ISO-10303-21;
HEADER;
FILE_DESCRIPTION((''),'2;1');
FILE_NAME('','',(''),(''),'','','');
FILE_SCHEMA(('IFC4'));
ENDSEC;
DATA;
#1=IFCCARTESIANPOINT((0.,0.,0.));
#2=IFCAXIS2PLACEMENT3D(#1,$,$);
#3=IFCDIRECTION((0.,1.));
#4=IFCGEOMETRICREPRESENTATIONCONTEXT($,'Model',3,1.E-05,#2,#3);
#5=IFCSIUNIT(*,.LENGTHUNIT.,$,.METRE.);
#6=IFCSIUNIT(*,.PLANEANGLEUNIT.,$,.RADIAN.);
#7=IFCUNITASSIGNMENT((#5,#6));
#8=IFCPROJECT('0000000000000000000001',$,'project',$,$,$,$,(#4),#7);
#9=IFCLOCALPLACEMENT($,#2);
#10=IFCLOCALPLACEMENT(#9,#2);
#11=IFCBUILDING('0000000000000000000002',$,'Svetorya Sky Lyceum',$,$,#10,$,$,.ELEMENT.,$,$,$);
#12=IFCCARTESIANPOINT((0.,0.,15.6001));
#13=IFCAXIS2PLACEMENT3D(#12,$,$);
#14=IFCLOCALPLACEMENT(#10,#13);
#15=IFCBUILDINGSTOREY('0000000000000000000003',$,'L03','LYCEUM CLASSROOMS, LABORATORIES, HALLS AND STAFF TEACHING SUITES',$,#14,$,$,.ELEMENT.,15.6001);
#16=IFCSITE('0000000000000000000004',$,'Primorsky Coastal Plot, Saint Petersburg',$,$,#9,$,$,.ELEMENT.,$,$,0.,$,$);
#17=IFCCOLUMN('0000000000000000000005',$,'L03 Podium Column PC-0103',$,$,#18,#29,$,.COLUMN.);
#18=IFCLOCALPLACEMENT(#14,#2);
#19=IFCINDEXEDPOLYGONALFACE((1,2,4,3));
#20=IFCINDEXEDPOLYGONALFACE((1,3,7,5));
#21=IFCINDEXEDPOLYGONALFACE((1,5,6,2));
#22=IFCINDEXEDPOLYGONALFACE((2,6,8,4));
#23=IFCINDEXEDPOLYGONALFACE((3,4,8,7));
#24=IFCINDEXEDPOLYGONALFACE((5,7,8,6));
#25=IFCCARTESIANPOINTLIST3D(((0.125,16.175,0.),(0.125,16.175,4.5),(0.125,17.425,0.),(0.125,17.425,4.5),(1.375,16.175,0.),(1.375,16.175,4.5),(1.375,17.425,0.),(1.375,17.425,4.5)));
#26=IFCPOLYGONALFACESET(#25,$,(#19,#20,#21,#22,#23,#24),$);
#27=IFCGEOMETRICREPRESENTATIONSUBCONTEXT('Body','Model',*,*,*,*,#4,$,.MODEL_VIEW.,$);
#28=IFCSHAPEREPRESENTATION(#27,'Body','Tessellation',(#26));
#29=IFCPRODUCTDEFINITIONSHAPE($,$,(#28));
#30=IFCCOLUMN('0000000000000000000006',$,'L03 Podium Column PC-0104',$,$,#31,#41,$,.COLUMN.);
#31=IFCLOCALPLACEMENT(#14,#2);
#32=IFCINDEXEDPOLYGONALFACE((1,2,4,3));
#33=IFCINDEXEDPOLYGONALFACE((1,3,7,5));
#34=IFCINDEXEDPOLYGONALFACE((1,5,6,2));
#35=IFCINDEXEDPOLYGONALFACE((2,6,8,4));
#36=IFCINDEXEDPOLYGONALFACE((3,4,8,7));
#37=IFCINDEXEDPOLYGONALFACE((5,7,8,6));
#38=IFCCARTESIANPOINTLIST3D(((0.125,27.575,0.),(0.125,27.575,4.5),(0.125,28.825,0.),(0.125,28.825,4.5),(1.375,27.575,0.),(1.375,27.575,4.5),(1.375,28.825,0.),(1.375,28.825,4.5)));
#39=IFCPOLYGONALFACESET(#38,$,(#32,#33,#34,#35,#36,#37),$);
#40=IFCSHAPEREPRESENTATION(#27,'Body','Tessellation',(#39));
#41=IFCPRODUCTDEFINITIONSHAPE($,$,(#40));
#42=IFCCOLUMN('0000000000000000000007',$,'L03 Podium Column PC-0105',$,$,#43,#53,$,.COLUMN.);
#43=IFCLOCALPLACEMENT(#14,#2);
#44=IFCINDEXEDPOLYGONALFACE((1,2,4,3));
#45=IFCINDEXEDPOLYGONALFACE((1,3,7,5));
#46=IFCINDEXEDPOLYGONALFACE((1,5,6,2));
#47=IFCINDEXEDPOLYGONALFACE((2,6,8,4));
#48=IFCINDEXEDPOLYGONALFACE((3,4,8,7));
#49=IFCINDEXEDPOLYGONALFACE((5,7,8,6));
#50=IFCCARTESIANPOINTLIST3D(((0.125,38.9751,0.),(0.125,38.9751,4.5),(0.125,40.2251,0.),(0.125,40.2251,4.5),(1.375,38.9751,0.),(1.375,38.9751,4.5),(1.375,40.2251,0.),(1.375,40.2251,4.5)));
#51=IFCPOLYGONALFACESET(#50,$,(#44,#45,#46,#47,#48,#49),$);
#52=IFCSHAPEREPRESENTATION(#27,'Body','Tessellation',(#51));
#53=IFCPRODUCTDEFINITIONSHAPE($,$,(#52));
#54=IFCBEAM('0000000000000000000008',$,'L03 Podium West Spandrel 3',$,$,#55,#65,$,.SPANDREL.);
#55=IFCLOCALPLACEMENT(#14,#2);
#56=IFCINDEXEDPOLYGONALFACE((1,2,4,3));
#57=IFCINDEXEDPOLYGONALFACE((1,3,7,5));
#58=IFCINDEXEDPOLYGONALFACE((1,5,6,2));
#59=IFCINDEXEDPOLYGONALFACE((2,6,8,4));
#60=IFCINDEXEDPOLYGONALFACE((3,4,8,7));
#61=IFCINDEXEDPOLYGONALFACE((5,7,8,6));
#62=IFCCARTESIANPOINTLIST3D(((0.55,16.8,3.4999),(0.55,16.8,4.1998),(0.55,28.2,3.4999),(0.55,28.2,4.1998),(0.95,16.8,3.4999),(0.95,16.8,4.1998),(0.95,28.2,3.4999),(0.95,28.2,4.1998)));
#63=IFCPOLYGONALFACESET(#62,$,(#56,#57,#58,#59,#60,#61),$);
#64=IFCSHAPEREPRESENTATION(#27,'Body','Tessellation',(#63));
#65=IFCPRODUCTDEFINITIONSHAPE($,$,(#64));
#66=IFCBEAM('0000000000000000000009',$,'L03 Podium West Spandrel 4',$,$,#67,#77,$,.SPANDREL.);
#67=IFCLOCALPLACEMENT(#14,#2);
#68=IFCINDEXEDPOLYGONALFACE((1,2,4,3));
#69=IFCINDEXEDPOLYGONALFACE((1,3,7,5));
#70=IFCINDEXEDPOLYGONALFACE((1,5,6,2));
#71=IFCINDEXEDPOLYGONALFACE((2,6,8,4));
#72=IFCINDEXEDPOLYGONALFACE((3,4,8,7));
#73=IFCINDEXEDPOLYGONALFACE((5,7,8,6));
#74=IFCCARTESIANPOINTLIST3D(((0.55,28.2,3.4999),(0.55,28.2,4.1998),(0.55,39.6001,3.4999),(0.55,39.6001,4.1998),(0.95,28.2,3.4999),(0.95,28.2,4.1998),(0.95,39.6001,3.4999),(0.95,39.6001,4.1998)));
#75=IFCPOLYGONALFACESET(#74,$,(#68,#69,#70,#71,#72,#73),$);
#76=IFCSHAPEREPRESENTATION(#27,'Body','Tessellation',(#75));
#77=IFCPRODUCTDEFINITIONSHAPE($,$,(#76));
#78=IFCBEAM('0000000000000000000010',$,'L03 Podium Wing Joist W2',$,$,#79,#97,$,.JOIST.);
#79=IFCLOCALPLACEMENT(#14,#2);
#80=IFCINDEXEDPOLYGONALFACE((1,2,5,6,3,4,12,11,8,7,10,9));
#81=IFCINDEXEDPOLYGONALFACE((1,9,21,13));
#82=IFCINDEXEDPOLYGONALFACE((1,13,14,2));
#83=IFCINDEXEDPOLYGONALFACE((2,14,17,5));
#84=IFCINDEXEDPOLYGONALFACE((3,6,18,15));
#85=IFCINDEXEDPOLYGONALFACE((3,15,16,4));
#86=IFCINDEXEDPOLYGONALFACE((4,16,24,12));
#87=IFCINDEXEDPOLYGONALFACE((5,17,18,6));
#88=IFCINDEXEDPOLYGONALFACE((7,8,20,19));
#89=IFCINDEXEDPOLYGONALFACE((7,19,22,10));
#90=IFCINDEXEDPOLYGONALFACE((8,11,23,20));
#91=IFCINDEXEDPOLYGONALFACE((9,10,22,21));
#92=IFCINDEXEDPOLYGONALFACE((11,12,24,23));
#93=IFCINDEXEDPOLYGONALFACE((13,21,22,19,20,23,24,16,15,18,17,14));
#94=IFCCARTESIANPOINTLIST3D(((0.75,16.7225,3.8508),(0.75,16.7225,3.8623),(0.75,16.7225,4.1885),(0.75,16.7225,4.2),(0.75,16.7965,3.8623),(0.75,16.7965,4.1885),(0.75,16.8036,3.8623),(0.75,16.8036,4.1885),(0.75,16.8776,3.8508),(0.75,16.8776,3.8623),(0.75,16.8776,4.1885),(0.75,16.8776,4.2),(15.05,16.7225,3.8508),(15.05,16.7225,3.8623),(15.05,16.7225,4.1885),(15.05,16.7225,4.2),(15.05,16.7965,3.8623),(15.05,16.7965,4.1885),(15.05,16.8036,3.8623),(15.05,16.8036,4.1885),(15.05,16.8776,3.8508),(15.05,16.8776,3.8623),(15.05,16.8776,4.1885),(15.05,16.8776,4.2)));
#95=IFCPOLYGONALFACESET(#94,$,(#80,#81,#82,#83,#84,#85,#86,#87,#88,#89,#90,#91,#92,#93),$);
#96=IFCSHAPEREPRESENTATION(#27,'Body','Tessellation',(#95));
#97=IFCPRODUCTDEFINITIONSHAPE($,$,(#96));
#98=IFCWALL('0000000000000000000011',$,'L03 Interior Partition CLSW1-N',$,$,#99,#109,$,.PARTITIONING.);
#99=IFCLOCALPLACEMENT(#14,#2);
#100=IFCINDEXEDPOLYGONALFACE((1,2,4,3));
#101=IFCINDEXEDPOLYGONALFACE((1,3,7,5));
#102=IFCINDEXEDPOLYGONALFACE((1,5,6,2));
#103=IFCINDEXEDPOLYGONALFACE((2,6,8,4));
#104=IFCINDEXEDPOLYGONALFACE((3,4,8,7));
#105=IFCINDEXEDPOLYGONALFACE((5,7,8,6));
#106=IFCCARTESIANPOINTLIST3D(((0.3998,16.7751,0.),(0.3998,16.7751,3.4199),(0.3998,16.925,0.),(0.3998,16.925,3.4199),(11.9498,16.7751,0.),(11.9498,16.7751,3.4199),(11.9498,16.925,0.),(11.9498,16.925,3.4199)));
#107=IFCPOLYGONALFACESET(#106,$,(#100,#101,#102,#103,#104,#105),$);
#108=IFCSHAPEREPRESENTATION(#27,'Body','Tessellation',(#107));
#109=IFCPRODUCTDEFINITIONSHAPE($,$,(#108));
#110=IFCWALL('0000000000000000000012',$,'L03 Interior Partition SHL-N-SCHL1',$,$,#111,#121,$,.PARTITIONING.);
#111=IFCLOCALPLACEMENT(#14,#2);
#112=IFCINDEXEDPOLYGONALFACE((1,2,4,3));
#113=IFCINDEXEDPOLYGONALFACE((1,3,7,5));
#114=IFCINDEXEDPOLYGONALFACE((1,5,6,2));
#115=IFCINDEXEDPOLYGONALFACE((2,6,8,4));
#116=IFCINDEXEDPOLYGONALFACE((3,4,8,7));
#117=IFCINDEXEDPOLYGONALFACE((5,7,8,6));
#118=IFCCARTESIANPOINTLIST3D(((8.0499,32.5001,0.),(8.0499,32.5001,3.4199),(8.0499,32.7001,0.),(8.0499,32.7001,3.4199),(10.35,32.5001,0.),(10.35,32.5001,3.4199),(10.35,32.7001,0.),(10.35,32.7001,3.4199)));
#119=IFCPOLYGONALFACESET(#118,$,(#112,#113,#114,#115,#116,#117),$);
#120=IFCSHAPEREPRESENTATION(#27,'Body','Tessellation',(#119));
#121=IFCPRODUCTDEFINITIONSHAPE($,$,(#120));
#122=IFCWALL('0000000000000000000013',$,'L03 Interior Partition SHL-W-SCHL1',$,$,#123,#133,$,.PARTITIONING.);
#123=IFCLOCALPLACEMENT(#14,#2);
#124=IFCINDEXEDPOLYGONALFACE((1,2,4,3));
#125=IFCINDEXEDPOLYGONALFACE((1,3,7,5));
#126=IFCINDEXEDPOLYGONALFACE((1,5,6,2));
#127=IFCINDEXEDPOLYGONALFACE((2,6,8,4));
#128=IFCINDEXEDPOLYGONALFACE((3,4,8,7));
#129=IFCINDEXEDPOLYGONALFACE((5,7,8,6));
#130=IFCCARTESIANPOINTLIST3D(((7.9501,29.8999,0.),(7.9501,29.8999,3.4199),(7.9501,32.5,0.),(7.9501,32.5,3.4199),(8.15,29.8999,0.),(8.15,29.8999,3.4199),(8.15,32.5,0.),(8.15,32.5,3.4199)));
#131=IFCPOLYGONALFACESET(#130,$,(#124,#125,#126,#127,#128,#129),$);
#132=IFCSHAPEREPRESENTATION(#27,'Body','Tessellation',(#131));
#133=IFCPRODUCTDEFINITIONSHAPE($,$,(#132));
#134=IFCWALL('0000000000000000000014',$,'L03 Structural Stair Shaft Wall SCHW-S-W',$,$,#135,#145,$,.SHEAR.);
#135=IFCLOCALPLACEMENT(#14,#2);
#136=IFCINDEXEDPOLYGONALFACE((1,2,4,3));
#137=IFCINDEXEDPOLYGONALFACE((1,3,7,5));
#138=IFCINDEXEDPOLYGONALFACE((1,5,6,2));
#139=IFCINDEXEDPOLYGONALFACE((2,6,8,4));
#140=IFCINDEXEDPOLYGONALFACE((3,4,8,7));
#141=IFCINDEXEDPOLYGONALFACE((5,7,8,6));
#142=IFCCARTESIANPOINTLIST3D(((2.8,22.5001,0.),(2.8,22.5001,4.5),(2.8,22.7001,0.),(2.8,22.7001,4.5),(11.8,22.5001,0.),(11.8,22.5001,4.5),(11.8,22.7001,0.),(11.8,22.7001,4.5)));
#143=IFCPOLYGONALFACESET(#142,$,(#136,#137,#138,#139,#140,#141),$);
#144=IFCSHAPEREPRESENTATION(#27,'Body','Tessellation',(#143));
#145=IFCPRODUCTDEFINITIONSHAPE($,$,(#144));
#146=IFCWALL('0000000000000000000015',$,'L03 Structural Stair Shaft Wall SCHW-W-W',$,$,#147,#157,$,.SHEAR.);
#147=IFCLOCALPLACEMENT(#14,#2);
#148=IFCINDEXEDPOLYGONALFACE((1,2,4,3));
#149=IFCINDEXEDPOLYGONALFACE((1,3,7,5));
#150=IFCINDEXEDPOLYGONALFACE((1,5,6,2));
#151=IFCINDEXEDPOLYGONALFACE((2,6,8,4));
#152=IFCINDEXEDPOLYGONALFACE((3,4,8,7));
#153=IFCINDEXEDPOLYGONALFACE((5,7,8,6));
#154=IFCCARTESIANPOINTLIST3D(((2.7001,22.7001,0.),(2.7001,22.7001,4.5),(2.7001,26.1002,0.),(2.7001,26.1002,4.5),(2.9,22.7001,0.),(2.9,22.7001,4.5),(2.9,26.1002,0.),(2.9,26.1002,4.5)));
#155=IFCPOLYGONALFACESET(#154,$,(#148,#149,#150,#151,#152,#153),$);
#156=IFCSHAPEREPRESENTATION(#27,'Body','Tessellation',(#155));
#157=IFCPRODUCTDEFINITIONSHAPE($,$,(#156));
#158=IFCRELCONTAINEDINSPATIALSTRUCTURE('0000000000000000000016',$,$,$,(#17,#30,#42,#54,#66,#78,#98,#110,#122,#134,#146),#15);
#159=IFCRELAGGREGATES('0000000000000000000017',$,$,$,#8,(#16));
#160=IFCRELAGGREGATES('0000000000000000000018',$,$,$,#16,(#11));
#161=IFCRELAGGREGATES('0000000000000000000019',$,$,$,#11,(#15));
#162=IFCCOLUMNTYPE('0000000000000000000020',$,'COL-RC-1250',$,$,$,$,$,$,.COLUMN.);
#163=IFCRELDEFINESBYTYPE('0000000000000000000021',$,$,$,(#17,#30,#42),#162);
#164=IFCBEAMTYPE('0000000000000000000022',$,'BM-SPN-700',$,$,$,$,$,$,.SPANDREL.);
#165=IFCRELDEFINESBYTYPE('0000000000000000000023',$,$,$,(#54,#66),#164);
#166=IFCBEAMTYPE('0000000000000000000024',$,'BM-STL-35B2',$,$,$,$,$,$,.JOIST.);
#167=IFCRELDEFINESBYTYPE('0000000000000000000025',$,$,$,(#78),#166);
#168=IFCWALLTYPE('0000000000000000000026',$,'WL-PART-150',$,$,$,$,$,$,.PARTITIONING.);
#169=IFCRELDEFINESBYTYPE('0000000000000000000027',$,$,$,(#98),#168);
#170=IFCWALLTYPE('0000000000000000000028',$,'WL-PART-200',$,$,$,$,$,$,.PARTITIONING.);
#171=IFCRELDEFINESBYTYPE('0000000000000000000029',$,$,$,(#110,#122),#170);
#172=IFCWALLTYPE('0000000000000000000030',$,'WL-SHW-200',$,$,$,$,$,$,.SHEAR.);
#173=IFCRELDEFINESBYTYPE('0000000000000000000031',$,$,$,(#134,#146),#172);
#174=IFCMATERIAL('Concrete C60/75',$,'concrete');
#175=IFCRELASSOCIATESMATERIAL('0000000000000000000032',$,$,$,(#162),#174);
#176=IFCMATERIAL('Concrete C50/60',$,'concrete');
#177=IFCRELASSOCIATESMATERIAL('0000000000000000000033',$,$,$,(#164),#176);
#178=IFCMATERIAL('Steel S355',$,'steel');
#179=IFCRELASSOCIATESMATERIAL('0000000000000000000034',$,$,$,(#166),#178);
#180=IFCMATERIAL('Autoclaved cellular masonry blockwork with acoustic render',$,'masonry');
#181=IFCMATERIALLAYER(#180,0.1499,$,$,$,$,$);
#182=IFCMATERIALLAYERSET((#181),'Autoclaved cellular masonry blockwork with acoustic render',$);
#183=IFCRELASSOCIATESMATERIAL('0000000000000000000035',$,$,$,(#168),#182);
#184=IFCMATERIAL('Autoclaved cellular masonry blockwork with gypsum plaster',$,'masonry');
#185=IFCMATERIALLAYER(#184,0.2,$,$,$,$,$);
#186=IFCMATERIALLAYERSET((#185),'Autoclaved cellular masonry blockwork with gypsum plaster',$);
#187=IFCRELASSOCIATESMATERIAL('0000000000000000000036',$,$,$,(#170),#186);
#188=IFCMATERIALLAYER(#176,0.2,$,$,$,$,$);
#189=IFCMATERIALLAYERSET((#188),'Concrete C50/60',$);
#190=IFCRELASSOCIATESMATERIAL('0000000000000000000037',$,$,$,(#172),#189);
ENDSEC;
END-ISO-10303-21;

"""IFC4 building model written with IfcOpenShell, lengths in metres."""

from ifc_helpers import new_model, si_unit, direction, frame, frame_2d, origin, origin_2d, place, context, subcontext, project, spatial, rectangle, i_section, extrude, material, layer, layer_set, material_profile, profile_set, type_object, element, save


model = new_model("IFC4")

# Units and contexts
model_context = context("Model", 3, precision=1e-05, world=origin(), true_north=direction((0.0, 1.0)))
body_context = subcontext(model_context, "Body", "Model", "MODEL_VIEW")
ifc_project = project(units=[si_unit("LENGTHUNIT", "METRE"), si_unit("PLANEANGLEUNIT", "RADIAN")], contexts=[model_context])

# Site, building, storey
site_placement = place(None, origin())
site = spatial("IfcSite", under=ifc_project, at=site_placement, Name="Primorsky Coastal Plot, Saint Petersburg", CompositionType="ELEMENT", RefElevation=0.0)
building_placement = place(site_placement, origin())
building = spatial("IfcBuilding", under=site, at=building_placement, Name="Svetorya Sky Lyceum", CompositionType="ELEMENT")
storey_placement = place(building_placement, frame((0.0, 0.0, 15.6001)))
storey = spatial("IfcBuildingStorey", under=building, at=storey_placement, Name="L03", Description="LYCEUM CLASSROOMS, LABORATORIES, HALLS AND STAFF TEACHING SUITES", CompositionType="ELEMENT", Elevation=15.6001)

# Columns
ifc_material_1 = material(Name="Concrete C60/75", Category="concrete")
ifc_material_profile_1 = material_profile(ifc_material_1, rectangle(XDim=1.25, YDim=1.25, at=origin_2d()), Name="RC COL 1250x1250")
ifc_profile_set_1 = profile_set([ifc_material_profile_1], Name="Concrete C60/75")
column_type = type_object("IfcColumnType", Name="COL-RC-1250", PredefinedType="COLUMN", material=ifc_profile_set_1)
for number, where, z_axis, x_axis, name in (
    (1, (0.75, 16.8, 0.0), (0.0, 0.0, 1.0), (1.0, 0.0, 0.0), "L03 Podium Column PC-0103"),
    (2, (0.75, 28.2, 0.0), (0.0, 0.0, 1.0), (1.0, 0.0, 0.0), "L03 Podium Column PC-0104"),
    (3, (0.75, 39.6001, 0.0), (0.0, 0.0, 1.0), (1.0, 0.0, 0.0), "L03 Podium Column PC-0105"),
):
    element("IfcColumn", number, at=place(storey_placement, frame(where, z_axis=z_axis, x_axis=x_axis)), inside=storey, type_object=column_type, Name=name, PredefinedType="COLUMN", context=body_context, shape_type="SweptSolid", body=[
        extrude(rectangle(XDim=1.25, YDim=1.25, at=origin_2d()), origin(), (0.0, 0.0, 1.0), 4.5),
    ])

# Beams
ifc_material_2 = material(Name="Concrete C50/60", Category="concrete")
ifc_material_profile_2 = material_profile(ifc_material_2, rectangle(XDim=0.3999, YDim=0.7, at=origin_2d()), Name="RC SPANDREL 400x700")
ifc_profile_set_2 = profile_set([ifc_material_profile_2], Name="Concrete C50/60")
beam_type_1 = type_object("IfcBeamType", Name="BM-SPN-700", PredefinedType="SPANDREL", material=ifc_profile_set_2)
beam_1_placement = place(storey_placement, frame((0.75, 16.8, 3.8499), z_axis=(0.0, 1.0, 0.0), x_axis=(-1.0, 0.0, 0.0)))
element("IfcBeam", 4, at=beam_1_placement, inside=storey, type_object=beam_type_1, Name="L03 Podium West Spandrel 3", PredefinedType="SPANDREL", context=body_context, shape_type="SweptSolid", body=[
    extrude(rectangle(XDim=0.3999, YDim=0.7, at=origin_2d()), origin(), (0.0, 0.0, 1.0), 11.3999),
])
beam_2_placement = place(storey_placement, frame((0.75, 28.2, 3.8499), z_axis=(0.0, 1.0, 0.0), x_axis=(-1.0, 0.0, 0.0)))
element("IfcBeam", 5, at=beam_2_placement, inside=storey, type_object=beam_type_1, Name="L03 Podium West Spandrel 4", PredefinedType="SPANDREL", context=body_context, shape_type="SweptSolid", body=[
    extrude(rectangle(XDim=0.3999, YDim=0.7, at=origin_2d()), origin(), (0.0, 0.0, 1.0), 11.4001),
])
ifc_material_3 = material(Name="Steel S355", Category="steel")
ifc_material_profile_3 = material_profile(ifc_material_3, i_section(OverallWidth=0.155, OverallDepth=0.3491, WebThickness=0.0071, FlangeThickness=0.0115, at=origin_2d()), Name="GOST 35B2")
ifc_profile_set_3 = profile_set([ifc_material_profile_3], Name="Steel S355")
beam_type_2 = type_object("IfcBeamType", Name="BM-STL-35B2", PredefinedType="JOIST", material=ifc_profile_set_3)
beam_3_placement = place(storey_placement, frame((0.75, 16.8, 4.0254), z_axis=(1.0, 0.0, 0.0), x_axis=(0.0, 1.0, 0.0)))
element("IfcBeam", 6, at=beam_3_placement, inside=storey, type_object=beam_type_2, Name="L03 Podium Wing Joist W2", PredefinedType="JOIST", context=body_context, shape_type="SweptSolid", body=[
    extrude(i_section(OverallWidth=0.155, OverallDepth=0.3491, WebThickness=0.0071, FlangeThickness=0.0115, at=origin_2d()), origin(), (0.0, 0.0, 1.0), 14.3),
])

# Walls
ifc_material_4 = material(Name="Autoclaved cellular masonry blockwork with acoustic render", Category="masonry")
ifc_layer_1 = layer(ifc_material_4, 0.1499)
ifc_layer_set_1 = layer_set([ifc_layer_1], Name="Autoclaved cellular masonry blockwork with acoustic render")
wall_type_1 = type_object("IfcWallType", Name="WL-PART-150", PredefinedType="PARTITIONING", material=ifc_layer_set_1)
wall_1_placement = place(storey_placement, frame((0.3999, 16.8501, 0.0), z_axis=(0.0, 0.0, 1.0), x_axis=(1.0, 0.0, 0.0)))
element("IfcWall", 7, at=wall_1_placement, inside=storey, type_object=wall_type_1, Name="L03 Interior Partition CLSW1-N", PredefinedType="PARTITIONING", context=body_context, shape_type="SweptSolid", body=[
    extrude(rectangle(XDim=11.55, YDim=0.1499, at=frame_2d((5.7749, 0.0))), origin(), (0.0, 0.0, 1.0), 3.4199),
])
ifc_material_5 = material(Name="Autoclaved cellular masonry blockwork with gypsum plaster", Category="masonry")
ifc_layer_2 = layer(ifc_material_5, 0.2)
ifc_layer_set_2 = layer_set([ifc_layer_2], Name="Autoclaved cellular masonry blockwork with gypsum plaster")
wall_type_2 = type_object("IfcWallType", Name="WL-PART-200", PredefinedType="PARTITIONING", material=ifc_layer_set_2)
wall_2_placement = place(storey_placement, frame((8.05, 32.6001, 0.0), z_axis=(0.0, 0.0, 1.0), x_axis=(1.0, 0.0, 0.0)))
element("IfcWall", 8, at=wall_2_placement, inside=storey, type_object=wall_type_2, Name="L03 Interior Partition SHL-N-SCHL1", PredefinedType="PARTITIONING", context=body_context, shape_type="SweptSolid", body=[
    extrude(rectangle(XDim=2.3, YDim=0.2, at=frame_2d((1.1499, 0.0))), origin(), (0.0, 0.0, 1.0), 3.4199),
])
wall_3_placement = place(storey_placement, frame((8.05, 29.8999, 0.0), z_axis=(0.0, 0.0, 1.0), x_axis=(0.0, 1.0, 0.0)))
element("IfcWall", 9, at=wall_3_placement, inside=storey, type_object=wall_type_2, Name="L03 Interior Partition SHL-W-SCHL1", PredefinedType="PARTITIONING", context=body_context, shape_type="SweptSolid", body=[
    extrude(rectangle(XDim=2.6001, YDim=0.2, at=frame_2d((1.3, 0.0))), origin(), (0.0, 0.0, 1.0), 3.4199),
])

# Walls
ifc_layer_3 = layer(ifc_material_2, 0.2)
ifc_layer_set_3 = layer_set([ifc_layer_3], Name="Concrete C50/60")
wall_type_3 = type_object("IfcWallType", Name="WL-SHW-200", PredefinedType="SHEAR", material=ifc_layer_set_3)
wall_4_placement = place(storey_placement, frame((2.8, 22.6001, 0.0), z_axis=(0.0, 0.0, 1.0), x_axis=(1.0, 0.0, 0.0)))
element("IfcWall", 10, at=wall_4_placement, inside=storey, type_object=wall_type_3, Name="L03 Structural Stair Shaft Wall SCHW-S-W", PredefinedType="SHEAR", context=body_context, shape_type="SweptSolid", body=[
    extrude(rectangle(XDim=9.0, YDim=0.2, at=frame_2d((4.5, 0.0))), origin(), (0.0, 0.0, 1.0), 4.5),
])
wall_5_placement = place(storey_placement, frame((2.8, 22.7, 0.0), z_axis=(0.0, 0.0, 1.0), x_axis=(0.0, 1.0, 0.0)))
element("IfcWall", 11, at=wall_5_placement, inside=storey, type_object=wall_type_3, Name="L03 Structural Stair Shaft Wall SCHW-W-W", PredefinedType="SHEAR", context=body_context, shape_type="SweptSolid", body=[
    extrude(rectangle(XDim=3.4001, YDim=0.2, at=frame_2d((1.7002, 0.0))), origin(), (0.0, 0.0, 1.0), 4.5),
])

save(model, "model.ifc")
